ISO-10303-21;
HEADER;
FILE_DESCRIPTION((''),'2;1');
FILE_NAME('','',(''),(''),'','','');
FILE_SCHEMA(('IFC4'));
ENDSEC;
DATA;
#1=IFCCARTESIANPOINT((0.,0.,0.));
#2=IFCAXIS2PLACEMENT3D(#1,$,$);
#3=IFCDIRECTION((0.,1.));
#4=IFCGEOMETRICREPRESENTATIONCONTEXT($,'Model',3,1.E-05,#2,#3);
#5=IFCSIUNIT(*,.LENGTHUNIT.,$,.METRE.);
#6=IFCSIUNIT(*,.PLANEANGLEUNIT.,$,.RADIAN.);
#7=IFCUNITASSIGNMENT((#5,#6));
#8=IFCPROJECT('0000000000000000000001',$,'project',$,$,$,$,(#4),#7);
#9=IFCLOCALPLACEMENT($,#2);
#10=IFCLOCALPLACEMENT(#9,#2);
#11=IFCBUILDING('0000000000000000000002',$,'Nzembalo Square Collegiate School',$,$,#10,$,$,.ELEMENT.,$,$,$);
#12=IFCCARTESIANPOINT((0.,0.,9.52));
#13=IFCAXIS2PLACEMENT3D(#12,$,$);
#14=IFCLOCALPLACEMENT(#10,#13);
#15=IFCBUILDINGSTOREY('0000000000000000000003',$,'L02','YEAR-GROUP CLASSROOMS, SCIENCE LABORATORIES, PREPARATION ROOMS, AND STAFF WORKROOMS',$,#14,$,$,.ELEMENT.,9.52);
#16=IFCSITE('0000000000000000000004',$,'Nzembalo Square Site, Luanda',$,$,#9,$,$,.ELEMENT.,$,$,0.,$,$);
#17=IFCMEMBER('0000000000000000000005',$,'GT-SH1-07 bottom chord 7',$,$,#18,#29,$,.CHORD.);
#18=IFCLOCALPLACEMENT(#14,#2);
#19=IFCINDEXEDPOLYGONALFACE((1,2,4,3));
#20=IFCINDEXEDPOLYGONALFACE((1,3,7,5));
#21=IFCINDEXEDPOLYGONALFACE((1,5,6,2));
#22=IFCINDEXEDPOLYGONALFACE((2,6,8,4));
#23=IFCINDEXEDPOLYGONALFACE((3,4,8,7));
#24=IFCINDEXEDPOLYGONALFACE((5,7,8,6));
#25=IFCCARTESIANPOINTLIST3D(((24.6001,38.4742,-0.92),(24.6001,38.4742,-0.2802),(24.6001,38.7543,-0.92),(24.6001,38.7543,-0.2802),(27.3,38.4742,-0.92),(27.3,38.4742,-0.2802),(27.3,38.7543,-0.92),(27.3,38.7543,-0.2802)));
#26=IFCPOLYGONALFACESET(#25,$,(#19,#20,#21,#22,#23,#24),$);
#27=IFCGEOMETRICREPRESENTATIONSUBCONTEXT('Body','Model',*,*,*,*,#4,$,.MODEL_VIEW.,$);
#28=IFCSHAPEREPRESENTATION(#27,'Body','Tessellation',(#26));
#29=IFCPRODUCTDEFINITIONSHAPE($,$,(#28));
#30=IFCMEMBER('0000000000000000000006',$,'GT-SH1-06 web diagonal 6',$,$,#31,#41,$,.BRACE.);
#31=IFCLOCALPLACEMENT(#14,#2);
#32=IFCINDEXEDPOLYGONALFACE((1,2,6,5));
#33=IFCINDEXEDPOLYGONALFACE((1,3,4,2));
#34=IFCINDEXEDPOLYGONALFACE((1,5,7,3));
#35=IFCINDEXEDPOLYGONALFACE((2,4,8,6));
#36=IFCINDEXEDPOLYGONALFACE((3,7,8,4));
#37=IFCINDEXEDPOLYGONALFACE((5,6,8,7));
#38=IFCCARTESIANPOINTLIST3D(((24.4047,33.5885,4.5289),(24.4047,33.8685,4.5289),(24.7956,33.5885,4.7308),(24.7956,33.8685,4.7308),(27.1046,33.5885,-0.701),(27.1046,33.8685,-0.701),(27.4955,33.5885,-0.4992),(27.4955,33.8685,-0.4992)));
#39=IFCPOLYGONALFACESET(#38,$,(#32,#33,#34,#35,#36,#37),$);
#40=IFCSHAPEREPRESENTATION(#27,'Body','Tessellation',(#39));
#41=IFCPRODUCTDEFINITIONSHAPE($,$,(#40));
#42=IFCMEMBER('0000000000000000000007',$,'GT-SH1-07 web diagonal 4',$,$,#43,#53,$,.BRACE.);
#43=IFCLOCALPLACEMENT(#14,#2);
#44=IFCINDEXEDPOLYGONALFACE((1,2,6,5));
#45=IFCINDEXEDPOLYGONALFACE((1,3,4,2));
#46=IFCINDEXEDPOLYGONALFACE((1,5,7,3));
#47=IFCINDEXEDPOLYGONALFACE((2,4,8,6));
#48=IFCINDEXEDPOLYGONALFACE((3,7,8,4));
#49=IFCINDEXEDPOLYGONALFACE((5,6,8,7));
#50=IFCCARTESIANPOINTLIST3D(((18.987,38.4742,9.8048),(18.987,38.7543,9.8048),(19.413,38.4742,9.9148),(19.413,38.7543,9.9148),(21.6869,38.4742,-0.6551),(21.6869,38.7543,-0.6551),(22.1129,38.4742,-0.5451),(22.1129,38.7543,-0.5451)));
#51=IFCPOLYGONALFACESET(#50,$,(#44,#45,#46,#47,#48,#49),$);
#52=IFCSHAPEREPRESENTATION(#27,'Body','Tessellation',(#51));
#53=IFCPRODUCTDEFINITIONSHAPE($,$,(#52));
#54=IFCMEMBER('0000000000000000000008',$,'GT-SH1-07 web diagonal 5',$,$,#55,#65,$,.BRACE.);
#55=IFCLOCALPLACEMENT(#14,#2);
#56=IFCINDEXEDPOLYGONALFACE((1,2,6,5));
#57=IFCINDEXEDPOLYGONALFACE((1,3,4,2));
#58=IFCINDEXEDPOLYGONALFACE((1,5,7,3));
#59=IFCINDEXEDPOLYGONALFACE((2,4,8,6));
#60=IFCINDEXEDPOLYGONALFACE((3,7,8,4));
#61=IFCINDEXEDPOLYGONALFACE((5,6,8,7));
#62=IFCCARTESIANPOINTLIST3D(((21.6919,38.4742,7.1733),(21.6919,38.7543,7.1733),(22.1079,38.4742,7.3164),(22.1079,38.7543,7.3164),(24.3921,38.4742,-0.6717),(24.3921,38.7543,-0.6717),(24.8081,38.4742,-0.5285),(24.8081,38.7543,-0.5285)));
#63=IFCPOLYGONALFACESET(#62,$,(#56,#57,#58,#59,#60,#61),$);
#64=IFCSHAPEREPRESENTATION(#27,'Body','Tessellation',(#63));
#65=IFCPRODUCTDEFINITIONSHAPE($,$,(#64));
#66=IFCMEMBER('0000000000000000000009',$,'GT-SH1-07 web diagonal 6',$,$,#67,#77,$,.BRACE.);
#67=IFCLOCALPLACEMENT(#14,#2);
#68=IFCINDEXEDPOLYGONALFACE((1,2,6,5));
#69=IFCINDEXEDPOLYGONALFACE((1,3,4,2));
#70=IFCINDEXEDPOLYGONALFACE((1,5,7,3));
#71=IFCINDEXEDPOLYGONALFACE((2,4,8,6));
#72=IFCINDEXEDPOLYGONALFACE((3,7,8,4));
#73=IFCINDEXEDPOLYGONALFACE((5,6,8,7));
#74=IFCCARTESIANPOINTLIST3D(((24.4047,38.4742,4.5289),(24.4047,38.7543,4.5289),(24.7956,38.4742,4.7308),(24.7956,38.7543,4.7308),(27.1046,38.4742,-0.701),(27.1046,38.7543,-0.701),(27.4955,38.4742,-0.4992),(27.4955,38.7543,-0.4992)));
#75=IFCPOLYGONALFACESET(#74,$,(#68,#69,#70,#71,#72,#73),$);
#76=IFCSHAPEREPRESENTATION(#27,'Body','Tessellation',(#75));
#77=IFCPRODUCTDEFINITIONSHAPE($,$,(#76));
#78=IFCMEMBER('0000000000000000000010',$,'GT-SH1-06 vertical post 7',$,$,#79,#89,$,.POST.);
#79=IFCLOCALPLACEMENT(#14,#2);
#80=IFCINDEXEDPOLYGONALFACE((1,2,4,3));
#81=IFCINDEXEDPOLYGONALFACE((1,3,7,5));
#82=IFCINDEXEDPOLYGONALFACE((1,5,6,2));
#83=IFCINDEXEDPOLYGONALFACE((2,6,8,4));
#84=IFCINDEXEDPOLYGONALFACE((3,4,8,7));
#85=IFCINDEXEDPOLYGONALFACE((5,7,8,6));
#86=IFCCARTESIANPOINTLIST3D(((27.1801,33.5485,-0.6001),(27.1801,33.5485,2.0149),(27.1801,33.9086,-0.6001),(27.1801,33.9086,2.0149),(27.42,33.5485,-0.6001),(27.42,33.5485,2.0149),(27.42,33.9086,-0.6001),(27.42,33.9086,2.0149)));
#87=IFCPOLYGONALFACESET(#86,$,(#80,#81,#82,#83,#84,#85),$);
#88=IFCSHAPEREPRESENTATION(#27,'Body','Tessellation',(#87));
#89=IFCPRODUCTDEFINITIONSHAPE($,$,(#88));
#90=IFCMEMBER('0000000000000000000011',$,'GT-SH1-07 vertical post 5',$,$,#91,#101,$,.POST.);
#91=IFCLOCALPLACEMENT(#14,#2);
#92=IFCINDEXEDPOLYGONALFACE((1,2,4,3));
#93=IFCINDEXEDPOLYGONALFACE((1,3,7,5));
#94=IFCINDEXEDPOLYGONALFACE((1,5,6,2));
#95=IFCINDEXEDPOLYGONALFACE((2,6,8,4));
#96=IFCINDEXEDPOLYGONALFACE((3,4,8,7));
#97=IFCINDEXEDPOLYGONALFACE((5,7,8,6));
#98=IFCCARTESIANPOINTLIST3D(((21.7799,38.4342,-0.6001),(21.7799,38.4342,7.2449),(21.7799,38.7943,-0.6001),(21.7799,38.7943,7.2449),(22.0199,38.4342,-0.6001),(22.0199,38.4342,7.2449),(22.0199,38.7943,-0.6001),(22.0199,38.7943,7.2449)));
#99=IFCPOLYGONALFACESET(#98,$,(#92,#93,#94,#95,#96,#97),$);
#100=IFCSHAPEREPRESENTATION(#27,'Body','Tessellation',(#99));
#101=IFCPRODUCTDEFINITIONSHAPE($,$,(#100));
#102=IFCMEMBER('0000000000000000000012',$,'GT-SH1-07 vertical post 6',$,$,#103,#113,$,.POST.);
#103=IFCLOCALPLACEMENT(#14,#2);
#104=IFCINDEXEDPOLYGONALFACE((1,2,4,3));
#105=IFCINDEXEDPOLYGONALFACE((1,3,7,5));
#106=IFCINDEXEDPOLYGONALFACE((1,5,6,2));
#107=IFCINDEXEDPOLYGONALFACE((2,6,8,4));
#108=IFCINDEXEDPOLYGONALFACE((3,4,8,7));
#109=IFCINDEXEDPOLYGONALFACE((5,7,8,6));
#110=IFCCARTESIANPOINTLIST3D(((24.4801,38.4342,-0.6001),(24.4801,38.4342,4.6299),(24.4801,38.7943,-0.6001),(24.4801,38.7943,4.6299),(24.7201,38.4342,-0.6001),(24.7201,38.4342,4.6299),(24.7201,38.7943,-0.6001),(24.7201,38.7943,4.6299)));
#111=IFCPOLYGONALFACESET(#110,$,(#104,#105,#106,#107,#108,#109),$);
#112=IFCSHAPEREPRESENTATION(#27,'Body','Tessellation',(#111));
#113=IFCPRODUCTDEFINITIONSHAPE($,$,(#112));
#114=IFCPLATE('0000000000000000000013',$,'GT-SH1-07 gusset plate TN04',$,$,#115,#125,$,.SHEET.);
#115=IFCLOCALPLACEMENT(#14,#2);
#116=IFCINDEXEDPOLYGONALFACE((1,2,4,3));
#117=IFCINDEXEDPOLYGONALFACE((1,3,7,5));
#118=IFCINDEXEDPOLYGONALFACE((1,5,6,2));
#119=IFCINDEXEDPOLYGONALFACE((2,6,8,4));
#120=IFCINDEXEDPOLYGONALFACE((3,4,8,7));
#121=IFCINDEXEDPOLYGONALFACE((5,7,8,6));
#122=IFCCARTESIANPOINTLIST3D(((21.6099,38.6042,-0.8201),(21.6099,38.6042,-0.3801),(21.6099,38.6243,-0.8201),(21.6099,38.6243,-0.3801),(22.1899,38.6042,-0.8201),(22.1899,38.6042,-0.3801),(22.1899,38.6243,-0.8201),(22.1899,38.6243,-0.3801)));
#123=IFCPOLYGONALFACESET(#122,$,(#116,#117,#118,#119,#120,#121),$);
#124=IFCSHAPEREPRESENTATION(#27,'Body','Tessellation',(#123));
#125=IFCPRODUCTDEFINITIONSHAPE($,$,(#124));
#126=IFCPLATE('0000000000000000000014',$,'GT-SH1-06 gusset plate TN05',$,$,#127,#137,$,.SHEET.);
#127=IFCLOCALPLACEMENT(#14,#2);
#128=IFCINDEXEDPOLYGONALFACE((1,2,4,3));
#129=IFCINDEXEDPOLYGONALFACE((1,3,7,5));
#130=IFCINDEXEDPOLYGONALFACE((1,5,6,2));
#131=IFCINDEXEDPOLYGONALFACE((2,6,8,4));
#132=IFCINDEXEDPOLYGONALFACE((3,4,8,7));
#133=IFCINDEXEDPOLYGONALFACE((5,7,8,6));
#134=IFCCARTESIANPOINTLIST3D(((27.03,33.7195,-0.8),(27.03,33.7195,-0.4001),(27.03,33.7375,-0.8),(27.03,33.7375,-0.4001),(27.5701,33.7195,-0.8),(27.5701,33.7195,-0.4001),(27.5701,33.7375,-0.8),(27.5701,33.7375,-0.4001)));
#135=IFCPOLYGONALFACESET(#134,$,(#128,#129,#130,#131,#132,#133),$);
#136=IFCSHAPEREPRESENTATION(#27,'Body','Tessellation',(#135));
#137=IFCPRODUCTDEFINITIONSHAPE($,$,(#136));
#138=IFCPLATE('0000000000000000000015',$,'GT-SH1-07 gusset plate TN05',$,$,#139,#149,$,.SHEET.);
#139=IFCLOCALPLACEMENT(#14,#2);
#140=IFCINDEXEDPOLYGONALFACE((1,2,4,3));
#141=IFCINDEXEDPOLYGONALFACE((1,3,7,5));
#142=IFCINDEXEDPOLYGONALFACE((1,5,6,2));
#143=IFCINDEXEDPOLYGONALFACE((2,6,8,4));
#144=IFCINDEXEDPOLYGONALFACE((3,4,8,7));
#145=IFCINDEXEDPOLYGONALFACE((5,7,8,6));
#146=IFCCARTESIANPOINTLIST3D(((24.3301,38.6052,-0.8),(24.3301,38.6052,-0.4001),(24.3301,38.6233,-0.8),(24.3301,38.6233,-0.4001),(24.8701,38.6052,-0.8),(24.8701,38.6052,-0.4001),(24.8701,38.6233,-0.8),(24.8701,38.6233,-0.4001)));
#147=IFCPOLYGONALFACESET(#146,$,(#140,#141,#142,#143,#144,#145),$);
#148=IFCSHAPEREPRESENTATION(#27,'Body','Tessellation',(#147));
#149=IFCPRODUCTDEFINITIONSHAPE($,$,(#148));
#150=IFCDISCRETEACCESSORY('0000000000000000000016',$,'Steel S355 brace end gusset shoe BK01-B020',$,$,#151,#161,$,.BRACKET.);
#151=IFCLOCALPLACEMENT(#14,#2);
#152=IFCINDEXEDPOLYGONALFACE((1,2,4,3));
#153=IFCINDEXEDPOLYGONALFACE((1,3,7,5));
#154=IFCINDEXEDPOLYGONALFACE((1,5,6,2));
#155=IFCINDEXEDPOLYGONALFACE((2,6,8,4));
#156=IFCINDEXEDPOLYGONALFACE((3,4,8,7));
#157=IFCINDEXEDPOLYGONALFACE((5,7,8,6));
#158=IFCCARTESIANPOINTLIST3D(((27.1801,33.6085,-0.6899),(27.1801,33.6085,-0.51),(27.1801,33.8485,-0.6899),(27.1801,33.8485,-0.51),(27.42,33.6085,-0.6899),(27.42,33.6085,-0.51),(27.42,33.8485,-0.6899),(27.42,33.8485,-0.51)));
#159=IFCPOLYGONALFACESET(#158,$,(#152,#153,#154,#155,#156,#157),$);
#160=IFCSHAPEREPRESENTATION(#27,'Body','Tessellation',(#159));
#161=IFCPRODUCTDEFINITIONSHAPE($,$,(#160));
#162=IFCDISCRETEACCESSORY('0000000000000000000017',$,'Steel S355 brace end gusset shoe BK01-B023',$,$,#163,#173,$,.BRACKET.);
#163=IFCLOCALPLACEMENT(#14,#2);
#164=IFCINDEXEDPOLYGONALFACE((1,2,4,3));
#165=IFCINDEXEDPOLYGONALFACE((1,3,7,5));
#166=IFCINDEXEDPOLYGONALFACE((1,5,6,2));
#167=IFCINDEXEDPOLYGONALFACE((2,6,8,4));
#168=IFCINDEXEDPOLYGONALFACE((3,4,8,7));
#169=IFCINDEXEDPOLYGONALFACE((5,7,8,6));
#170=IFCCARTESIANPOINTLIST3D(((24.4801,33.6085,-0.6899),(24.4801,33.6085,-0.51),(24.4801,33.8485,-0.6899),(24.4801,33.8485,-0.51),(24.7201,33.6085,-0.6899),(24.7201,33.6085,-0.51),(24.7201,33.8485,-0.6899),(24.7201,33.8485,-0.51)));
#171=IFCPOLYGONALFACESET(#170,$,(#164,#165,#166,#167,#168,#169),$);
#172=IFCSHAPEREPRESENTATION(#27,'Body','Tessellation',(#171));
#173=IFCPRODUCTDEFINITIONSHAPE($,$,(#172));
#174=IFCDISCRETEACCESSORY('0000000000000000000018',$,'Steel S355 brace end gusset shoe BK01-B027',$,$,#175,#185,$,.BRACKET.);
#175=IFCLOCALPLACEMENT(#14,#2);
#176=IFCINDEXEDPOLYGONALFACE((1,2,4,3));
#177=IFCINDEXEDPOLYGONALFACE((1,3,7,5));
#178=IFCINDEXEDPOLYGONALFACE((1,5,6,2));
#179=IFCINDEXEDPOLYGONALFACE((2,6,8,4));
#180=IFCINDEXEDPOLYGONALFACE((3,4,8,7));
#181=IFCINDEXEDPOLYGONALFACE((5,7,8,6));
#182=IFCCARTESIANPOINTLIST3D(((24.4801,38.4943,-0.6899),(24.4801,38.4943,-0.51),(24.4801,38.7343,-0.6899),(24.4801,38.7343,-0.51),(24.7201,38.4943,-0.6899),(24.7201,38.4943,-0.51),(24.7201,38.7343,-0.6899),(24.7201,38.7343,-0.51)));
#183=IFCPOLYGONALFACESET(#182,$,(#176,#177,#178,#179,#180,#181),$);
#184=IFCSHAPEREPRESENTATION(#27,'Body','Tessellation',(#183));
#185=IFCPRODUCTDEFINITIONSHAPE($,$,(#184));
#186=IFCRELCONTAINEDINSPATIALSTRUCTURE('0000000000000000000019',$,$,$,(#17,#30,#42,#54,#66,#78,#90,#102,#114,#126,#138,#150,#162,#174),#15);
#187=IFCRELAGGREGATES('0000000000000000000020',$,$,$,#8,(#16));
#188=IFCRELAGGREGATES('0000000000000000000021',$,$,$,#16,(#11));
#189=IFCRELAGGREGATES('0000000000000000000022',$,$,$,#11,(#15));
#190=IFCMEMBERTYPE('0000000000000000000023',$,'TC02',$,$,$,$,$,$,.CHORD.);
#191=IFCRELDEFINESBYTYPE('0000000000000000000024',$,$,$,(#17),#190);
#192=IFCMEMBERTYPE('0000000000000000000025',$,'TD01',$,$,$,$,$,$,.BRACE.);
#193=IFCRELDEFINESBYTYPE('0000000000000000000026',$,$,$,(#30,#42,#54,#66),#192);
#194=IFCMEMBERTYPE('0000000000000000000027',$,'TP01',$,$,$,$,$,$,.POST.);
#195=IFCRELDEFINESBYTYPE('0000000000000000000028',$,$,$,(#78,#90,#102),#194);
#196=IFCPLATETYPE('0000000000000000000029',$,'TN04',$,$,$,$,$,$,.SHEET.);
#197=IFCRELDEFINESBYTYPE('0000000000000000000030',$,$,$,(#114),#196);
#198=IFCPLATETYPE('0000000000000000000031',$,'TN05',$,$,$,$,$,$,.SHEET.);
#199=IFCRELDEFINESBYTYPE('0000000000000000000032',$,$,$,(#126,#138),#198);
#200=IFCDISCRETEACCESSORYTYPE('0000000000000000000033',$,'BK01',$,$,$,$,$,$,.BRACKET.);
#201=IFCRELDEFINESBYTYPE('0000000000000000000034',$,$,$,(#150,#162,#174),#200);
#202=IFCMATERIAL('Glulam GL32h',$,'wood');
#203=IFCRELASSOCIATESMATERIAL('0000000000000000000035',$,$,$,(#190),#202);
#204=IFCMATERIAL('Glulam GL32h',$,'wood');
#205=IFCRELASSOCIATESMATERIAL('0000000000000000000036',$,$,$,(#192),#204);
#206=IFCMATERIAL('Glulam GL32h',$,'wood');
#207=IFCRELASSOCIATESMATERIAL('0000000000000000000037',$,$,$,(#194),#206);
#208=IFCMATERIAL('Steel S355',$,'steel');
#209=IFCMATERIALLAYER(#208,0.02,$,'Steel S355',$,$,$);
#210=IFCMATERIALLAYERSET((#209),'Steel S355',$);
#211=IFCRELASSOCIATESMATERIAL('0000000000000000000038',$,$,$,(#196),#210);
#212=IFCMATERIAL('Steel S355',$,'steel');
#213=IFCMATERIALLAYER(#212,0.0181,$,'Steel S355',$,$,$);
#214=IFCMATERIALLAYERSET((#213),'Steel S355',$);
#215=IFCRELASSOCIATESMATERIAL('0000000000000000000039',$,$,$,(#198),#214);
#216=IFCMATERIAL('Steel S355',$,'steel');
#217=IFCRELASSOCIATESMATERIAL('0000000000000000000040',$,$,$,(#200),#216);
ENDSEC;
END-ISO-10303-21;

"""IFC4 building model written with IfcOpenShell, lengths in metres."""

from ifc_helpers import new_model, si_unit, direction, frame, origin, origin_2d, place, context, subcontext, project, spatial, rectangle, extrude, material, layer, layer_set, material_profile, profile_set, type_object, element, save


model = new_model("IFC4")

# Units and contexts
model_context = context("Model", 3, precision=1e-05, world=origin(), true_north=direction((0.0, 1.0)))
body_context = subcontext(model_context, "Body", "Model", "MODEL_VIEW")
ifc_project = project(units=[si_unit("LENGTHUNIT", "METRE"), si_unit("PLANEANGLEUNIT", "RADIAN")], contexts=[model_context])

# Site, building, storey
site_placement = place(None, origin())
site = spatial("IfcSite", under=ifc_project, at=site_placement, Name="Nzembalo Square Site, Luanda", CompositionType="ELEMENT", RefElevation=0.0)
building_placement = place(site_placement, origin())
building = spatial("IfcBuilding", under=site, at=building_placement, Name="Nzembalo Square Collegiate School", CompositionType="ELEMENT")
storey_placement = place(building_placement, frame((0.0, 0.0, 9.52)))
storey = spatial("IfcBuildingStorey", under=building, at=storey_placement, Name="L02", Description="YEAR-GROUP CLASSROOMS, SCIENCE LABORATORIES, PREPARATION ROOMS, AND STAFF WORKROOMS", CompositionType="ELEMENT", Elevation=9.52)

# Members
ifc_material_1 = material(Name="Glulam GL32h", Category="wood")
ifc_material_profile_1 = material_profile(ifc_material_1, rectangle(XDim=0.28, YDim=0.6399, at=origin_2d()), Name="GL32h 280x640")
ifc_profile_set_1 = profile_set([ifc_material_profile_1], Name="Glulam GL32h")
member_type_1 = type_object("IfcMemberType", Name="TC02", PredefinedType="CHORD", material=ifc_profile_set_1)
member_1_placement = place(storey_placement, frame((24.6001, 38.6143, -0.6001), z_axis=(1.0, 0.0, 0.0), x_axis=(0.0, 1.0, 0.0)))
element("IfcMember", 1, at=member_1_placement, inside=storey, type_object=member_type_1, Name="GT-SH1-07 bottom chord 7", PredefinedType="CHORD", context=body_context, shape_type="SweptSolid", body=[
    extrude(rectangle(XDim=0.28, YDim=0.6399, at=origin_2d()), origin(), (0.0, 0.0, 1.0), 2.7),
])
ifc_material_2 = material(Name="Glulam GL32h", Category="wood")
ifc_material_profile_2 = material_profile(ifc_material_2, rectangle(XDim=0.28, YDim=0.4399, at=origin_2d()), Name="GL32h 280x440")
ifc_profile_set_2 = profile_set([ifc_material_profile_2], Name="Glulam GL32h")
member_type_2 = type_object("IfcMemberType", Name="TD01", PredefinedType="BRACE", material=ifc_profile_set_2)
member_2_placement = place(storey_placement, frame((27.3, 33.7285, -0.6001), z_axis=(-0.458724, 0.0, 0.888579), x_axis=(0.0, -1.0, 0.0)))
element("IfcMember", 2, at=member_2_placement, inside=storey, type_object=member_type_2, Name="GT-SH1-06 web diagonal 6", PredefinedType="BRACE", context=body_context, shape_type="SweptSolid", body=[
    extrude(rectangle(XDim=0.28, YDim=0.4399, at=origin_2d()), origin(), (0.0, 0.0, 1.0), 5.8857),
])
member_3_placement = place(storey_placement, frame((21.8999, 38.6143, -0.6001), z_axis=(-0.249931, 0.0, 0.968264), x_axis=(0.0, -1.0, 0.0)))
element("IfcMember", 3, at=member_3_placement, inside=storey, type_object=member_type_2, Name="GT-SH1-07 web diagonal 4", PredefinedType="BRACE", context=body_context, shape_type="SweptSolid", body=[
    extrude(rectangle(XDim=0.28, YDim=0.4399, at=origin_2d()), origin(), (0.0, 0.0, 1.0), 10.8027),
])
member_4_placement = place(storey_placement, frame((24.6001, 38.6143, -0.6001), z_axis=(-0.325456, 0.0, 0.945557), x_axis=(0.0, -1.0, 0.0)))
element("IfcMember", 4, at=member_4_placement, inside=storey, type_object=member_type_2, Name="GT-SH1-07 web diagonal 5", PredefinedType="BRACE", context=body_context, shape_type="SweptSolid", body=[
    extrude(rectangle(XDim=0.28, YDim=0.4399, at=origin_2d()), origin(), (0.0, 0.0, 1.0), 8.2966),
])
member_5_placement = place(storey_placement, frame((27.3, 38.6143, -0.6001), z_axis=(-0.458724, 0.0, 0.888579), x_axis=(0.0, -1.0, 0.0)))
element("IfcMember", 5, at=member_5_placement, inside=storey, type_object=member_type_2, Name="GT-SH1-07 web diagonal 6", PredefinedType="BRACE", context=body_context, shape_type="SweptSolid", body=[
    extrude(rectangle(XDim=0.28, YDim=0.4399, at=origin_2d()), origin(), (0.0, 0.0, 1.0), 5.8857),
])
ifc_material_3 = material(Name="Glulam GL32h", Category="wood")
ifc_material_profile_3 = material_profile(ifc_material_3, rectangle(XDim=0.24, YDim=0.3601, at=origin_2d()), Name="GL32h 240x360")
ifc_profile_set_3 = profile_set([ifc_material_profile_3], Name="Glulam GL32h")
member_type_3 = type_object("IfcMemberType", Name="TP01", PredefinedType="POST", material=ifc_profile_set_3)
member_6_placement = place(storey_placement, frame((27.3, 33.7285, -0.6001), z_axis=(0.0, 0.0, 1.0), x_axis=(1.0, 0.0, 0.0)))
element("IfcMember", 6, at=member_6_placement, inside=storey, type_object=member_type_3, Name="GT-SH1-06 vertical post 7", PredefinedType="POST", context=body_context, shape_type="SweptSolid", body=[
    extrude(rectangle(XDim=0.24, YDim=0.3601, at=origin_2d()), origin(), (0.0, 0.0, 1.0), 2.615),
])
member_7_placement = place(storey_placement, frame((21.8999, 38.6143, -0.6001), z_axis=(0.0, 0.0, 1.0), x_axis=(1.0, 0.0, 0.0)))
element("IfcMember", 7, at=member_7_placement, inside=storey, type_object=member_type_3, Name="GT-SH1-07 vertical post 5", PredefinedType="POST", context=body_context, shape_type="SweptSolid", body=[
    extrude(rectangle(XDim=0.24, YDim=0.3601, at=origin_2d()), origin(), (0.0, 0.0, 1.0), 7.845),
])
member_8_placement = place(storey_placement, frame((24.6001, 38.6143, -0.6001), z_axis=(0.0, 0.0, 1.0), x_axis=(1.0, 0.0, 0.0)))
element("IfcMember", 8, at=member_8_placement, inside=storey, type_object=member_type_3, Name="GT-SH1-07 vertical post 6", PredefinedType="POST", context=body_context, shape_type="SweptSolid", body=[
    extrude(rectangle(XDim=0.24, YDim=0.3601, at=origin_2d()), origin(), (0.0, 0.0, 1.0), 5.23),
])

# Plates
ifc_material_4 = material(Name="Steel S355", Category="steel")
ifc_layer_1 = layer(ifc_material_4, 0.02, Name="Steel S355")
ifc_layer_set_1 = layer_set([ifc_layer_1], Name="Steel S355")
plate_type_1 = type_object("IfcPlateType", Name="TN04", PredefinedType="SHEET", material=ifc_layer_set_1)
plate_placement = place(storey_placement, frame((21.8999, 38.6143, -0.8201), z_axis=(0.0, 0.0, 1.0), x_axis=(1.0, 0.0, 0.0)))
element("IfcPlate", 9, at=plate_placement, inside=storey, type_object=plate_type_1, Name="GT-SH1-07 gusset plate TN04", PredefinedType="SHEET", context=body_context, shape_type="SweptSolid", body=[
    extrude(rectangle(XDim=0.5801, YDim=0.02, at=origin_2d()), origin(), (0.0, 0.0, 1.0), 0.4399),
])
ifc_material_5 = material(Name="Steel S355", Category="steel")
ifc_layer_2 = layer(ifc_material_5, 0.0181, Name="Steel S355")
ifc_layer_set_2 = layer_set([ifc_layer_2], Name="Steel S355")
plate_type_2 = type_object("IfcPlateType", Name="TN05", PredefinedType="SHEET", material=ifc_layer_set_2)
for number, where, z_axis, x_axis, name in (
    (10, (27.3, 33.7285, -0.8), (0.0, 0.0, 1.0), (1.0, 0.0, 0.0), "GT-SH1-06 gusset plate TN05"),
    (11, (24.6001, 38.6143, -0.8), (0.0, 0.0, 1.0), (1.0, 0.0, 0.0), "GT-SH1-07 gusset plate TN05"),
):
    element("IfcPlate", number, at=place(storey_placement, frame(where, z_axis=z_axis, x_axis=x_axis)), inside=storey, type_object=plate_type_2, Name=name, PredefinedType="SHEET", context=body_context, shape_type="SweptSolid", body=[
        extrude(rectangle(XDim=0.54, YDim=0.0181, at=origin_2d()), origin(), (0.0, 0.0, 1.0), 0.3999),
    ])

# Discrete accessories
ifc_material_6 = material(Name="Steel S355", Category="steel")
discrete_accessory_type = type_object("IfcDiscreteAccessoryType", Name="BK01", PredefinedType="BRACKET", material=ifc_material_6)
for number, where, z_axis, x_axis, name in (
    (12, (27.3, 33.7285, -0.6899), (0.0, 0.0, 1.0), (1.0, 0.0, 0.0), "Steel S355 brace end gusset shoe BK01-B020"),
    (13, (24.6001, 33.7285, -0.6899), (0.0, 0.0, 1.0), (1.0, 0.0, 0.0), "Steel S355 brace end gusset shoe BK01-B023"),
    (14, (24.6001, 38.6143, -0.6899), (0.0, 0.0, 1.0), (1.0, 0.0, 0.0), "Steel S355 brace end gusset shoe BK01-B027"),
):
    element("IfcDiscreteAccessory", number, at=place(storey_placement, frame(where, z_axis=z_axis, x_axis=x_axis)), inside=storey, type_object=discrete_accessory_type, Name=name, PredefinedType="BRACKET", context=body_context, shape_type="SweptSolid", body=[
        extrude(rectangle(XDim=0.24, YDim=0.24, at=origin_2d()), origin(), (0.0, 0.0, 1.0), 0.1799),
    ])

save(model, "model.ifc")
